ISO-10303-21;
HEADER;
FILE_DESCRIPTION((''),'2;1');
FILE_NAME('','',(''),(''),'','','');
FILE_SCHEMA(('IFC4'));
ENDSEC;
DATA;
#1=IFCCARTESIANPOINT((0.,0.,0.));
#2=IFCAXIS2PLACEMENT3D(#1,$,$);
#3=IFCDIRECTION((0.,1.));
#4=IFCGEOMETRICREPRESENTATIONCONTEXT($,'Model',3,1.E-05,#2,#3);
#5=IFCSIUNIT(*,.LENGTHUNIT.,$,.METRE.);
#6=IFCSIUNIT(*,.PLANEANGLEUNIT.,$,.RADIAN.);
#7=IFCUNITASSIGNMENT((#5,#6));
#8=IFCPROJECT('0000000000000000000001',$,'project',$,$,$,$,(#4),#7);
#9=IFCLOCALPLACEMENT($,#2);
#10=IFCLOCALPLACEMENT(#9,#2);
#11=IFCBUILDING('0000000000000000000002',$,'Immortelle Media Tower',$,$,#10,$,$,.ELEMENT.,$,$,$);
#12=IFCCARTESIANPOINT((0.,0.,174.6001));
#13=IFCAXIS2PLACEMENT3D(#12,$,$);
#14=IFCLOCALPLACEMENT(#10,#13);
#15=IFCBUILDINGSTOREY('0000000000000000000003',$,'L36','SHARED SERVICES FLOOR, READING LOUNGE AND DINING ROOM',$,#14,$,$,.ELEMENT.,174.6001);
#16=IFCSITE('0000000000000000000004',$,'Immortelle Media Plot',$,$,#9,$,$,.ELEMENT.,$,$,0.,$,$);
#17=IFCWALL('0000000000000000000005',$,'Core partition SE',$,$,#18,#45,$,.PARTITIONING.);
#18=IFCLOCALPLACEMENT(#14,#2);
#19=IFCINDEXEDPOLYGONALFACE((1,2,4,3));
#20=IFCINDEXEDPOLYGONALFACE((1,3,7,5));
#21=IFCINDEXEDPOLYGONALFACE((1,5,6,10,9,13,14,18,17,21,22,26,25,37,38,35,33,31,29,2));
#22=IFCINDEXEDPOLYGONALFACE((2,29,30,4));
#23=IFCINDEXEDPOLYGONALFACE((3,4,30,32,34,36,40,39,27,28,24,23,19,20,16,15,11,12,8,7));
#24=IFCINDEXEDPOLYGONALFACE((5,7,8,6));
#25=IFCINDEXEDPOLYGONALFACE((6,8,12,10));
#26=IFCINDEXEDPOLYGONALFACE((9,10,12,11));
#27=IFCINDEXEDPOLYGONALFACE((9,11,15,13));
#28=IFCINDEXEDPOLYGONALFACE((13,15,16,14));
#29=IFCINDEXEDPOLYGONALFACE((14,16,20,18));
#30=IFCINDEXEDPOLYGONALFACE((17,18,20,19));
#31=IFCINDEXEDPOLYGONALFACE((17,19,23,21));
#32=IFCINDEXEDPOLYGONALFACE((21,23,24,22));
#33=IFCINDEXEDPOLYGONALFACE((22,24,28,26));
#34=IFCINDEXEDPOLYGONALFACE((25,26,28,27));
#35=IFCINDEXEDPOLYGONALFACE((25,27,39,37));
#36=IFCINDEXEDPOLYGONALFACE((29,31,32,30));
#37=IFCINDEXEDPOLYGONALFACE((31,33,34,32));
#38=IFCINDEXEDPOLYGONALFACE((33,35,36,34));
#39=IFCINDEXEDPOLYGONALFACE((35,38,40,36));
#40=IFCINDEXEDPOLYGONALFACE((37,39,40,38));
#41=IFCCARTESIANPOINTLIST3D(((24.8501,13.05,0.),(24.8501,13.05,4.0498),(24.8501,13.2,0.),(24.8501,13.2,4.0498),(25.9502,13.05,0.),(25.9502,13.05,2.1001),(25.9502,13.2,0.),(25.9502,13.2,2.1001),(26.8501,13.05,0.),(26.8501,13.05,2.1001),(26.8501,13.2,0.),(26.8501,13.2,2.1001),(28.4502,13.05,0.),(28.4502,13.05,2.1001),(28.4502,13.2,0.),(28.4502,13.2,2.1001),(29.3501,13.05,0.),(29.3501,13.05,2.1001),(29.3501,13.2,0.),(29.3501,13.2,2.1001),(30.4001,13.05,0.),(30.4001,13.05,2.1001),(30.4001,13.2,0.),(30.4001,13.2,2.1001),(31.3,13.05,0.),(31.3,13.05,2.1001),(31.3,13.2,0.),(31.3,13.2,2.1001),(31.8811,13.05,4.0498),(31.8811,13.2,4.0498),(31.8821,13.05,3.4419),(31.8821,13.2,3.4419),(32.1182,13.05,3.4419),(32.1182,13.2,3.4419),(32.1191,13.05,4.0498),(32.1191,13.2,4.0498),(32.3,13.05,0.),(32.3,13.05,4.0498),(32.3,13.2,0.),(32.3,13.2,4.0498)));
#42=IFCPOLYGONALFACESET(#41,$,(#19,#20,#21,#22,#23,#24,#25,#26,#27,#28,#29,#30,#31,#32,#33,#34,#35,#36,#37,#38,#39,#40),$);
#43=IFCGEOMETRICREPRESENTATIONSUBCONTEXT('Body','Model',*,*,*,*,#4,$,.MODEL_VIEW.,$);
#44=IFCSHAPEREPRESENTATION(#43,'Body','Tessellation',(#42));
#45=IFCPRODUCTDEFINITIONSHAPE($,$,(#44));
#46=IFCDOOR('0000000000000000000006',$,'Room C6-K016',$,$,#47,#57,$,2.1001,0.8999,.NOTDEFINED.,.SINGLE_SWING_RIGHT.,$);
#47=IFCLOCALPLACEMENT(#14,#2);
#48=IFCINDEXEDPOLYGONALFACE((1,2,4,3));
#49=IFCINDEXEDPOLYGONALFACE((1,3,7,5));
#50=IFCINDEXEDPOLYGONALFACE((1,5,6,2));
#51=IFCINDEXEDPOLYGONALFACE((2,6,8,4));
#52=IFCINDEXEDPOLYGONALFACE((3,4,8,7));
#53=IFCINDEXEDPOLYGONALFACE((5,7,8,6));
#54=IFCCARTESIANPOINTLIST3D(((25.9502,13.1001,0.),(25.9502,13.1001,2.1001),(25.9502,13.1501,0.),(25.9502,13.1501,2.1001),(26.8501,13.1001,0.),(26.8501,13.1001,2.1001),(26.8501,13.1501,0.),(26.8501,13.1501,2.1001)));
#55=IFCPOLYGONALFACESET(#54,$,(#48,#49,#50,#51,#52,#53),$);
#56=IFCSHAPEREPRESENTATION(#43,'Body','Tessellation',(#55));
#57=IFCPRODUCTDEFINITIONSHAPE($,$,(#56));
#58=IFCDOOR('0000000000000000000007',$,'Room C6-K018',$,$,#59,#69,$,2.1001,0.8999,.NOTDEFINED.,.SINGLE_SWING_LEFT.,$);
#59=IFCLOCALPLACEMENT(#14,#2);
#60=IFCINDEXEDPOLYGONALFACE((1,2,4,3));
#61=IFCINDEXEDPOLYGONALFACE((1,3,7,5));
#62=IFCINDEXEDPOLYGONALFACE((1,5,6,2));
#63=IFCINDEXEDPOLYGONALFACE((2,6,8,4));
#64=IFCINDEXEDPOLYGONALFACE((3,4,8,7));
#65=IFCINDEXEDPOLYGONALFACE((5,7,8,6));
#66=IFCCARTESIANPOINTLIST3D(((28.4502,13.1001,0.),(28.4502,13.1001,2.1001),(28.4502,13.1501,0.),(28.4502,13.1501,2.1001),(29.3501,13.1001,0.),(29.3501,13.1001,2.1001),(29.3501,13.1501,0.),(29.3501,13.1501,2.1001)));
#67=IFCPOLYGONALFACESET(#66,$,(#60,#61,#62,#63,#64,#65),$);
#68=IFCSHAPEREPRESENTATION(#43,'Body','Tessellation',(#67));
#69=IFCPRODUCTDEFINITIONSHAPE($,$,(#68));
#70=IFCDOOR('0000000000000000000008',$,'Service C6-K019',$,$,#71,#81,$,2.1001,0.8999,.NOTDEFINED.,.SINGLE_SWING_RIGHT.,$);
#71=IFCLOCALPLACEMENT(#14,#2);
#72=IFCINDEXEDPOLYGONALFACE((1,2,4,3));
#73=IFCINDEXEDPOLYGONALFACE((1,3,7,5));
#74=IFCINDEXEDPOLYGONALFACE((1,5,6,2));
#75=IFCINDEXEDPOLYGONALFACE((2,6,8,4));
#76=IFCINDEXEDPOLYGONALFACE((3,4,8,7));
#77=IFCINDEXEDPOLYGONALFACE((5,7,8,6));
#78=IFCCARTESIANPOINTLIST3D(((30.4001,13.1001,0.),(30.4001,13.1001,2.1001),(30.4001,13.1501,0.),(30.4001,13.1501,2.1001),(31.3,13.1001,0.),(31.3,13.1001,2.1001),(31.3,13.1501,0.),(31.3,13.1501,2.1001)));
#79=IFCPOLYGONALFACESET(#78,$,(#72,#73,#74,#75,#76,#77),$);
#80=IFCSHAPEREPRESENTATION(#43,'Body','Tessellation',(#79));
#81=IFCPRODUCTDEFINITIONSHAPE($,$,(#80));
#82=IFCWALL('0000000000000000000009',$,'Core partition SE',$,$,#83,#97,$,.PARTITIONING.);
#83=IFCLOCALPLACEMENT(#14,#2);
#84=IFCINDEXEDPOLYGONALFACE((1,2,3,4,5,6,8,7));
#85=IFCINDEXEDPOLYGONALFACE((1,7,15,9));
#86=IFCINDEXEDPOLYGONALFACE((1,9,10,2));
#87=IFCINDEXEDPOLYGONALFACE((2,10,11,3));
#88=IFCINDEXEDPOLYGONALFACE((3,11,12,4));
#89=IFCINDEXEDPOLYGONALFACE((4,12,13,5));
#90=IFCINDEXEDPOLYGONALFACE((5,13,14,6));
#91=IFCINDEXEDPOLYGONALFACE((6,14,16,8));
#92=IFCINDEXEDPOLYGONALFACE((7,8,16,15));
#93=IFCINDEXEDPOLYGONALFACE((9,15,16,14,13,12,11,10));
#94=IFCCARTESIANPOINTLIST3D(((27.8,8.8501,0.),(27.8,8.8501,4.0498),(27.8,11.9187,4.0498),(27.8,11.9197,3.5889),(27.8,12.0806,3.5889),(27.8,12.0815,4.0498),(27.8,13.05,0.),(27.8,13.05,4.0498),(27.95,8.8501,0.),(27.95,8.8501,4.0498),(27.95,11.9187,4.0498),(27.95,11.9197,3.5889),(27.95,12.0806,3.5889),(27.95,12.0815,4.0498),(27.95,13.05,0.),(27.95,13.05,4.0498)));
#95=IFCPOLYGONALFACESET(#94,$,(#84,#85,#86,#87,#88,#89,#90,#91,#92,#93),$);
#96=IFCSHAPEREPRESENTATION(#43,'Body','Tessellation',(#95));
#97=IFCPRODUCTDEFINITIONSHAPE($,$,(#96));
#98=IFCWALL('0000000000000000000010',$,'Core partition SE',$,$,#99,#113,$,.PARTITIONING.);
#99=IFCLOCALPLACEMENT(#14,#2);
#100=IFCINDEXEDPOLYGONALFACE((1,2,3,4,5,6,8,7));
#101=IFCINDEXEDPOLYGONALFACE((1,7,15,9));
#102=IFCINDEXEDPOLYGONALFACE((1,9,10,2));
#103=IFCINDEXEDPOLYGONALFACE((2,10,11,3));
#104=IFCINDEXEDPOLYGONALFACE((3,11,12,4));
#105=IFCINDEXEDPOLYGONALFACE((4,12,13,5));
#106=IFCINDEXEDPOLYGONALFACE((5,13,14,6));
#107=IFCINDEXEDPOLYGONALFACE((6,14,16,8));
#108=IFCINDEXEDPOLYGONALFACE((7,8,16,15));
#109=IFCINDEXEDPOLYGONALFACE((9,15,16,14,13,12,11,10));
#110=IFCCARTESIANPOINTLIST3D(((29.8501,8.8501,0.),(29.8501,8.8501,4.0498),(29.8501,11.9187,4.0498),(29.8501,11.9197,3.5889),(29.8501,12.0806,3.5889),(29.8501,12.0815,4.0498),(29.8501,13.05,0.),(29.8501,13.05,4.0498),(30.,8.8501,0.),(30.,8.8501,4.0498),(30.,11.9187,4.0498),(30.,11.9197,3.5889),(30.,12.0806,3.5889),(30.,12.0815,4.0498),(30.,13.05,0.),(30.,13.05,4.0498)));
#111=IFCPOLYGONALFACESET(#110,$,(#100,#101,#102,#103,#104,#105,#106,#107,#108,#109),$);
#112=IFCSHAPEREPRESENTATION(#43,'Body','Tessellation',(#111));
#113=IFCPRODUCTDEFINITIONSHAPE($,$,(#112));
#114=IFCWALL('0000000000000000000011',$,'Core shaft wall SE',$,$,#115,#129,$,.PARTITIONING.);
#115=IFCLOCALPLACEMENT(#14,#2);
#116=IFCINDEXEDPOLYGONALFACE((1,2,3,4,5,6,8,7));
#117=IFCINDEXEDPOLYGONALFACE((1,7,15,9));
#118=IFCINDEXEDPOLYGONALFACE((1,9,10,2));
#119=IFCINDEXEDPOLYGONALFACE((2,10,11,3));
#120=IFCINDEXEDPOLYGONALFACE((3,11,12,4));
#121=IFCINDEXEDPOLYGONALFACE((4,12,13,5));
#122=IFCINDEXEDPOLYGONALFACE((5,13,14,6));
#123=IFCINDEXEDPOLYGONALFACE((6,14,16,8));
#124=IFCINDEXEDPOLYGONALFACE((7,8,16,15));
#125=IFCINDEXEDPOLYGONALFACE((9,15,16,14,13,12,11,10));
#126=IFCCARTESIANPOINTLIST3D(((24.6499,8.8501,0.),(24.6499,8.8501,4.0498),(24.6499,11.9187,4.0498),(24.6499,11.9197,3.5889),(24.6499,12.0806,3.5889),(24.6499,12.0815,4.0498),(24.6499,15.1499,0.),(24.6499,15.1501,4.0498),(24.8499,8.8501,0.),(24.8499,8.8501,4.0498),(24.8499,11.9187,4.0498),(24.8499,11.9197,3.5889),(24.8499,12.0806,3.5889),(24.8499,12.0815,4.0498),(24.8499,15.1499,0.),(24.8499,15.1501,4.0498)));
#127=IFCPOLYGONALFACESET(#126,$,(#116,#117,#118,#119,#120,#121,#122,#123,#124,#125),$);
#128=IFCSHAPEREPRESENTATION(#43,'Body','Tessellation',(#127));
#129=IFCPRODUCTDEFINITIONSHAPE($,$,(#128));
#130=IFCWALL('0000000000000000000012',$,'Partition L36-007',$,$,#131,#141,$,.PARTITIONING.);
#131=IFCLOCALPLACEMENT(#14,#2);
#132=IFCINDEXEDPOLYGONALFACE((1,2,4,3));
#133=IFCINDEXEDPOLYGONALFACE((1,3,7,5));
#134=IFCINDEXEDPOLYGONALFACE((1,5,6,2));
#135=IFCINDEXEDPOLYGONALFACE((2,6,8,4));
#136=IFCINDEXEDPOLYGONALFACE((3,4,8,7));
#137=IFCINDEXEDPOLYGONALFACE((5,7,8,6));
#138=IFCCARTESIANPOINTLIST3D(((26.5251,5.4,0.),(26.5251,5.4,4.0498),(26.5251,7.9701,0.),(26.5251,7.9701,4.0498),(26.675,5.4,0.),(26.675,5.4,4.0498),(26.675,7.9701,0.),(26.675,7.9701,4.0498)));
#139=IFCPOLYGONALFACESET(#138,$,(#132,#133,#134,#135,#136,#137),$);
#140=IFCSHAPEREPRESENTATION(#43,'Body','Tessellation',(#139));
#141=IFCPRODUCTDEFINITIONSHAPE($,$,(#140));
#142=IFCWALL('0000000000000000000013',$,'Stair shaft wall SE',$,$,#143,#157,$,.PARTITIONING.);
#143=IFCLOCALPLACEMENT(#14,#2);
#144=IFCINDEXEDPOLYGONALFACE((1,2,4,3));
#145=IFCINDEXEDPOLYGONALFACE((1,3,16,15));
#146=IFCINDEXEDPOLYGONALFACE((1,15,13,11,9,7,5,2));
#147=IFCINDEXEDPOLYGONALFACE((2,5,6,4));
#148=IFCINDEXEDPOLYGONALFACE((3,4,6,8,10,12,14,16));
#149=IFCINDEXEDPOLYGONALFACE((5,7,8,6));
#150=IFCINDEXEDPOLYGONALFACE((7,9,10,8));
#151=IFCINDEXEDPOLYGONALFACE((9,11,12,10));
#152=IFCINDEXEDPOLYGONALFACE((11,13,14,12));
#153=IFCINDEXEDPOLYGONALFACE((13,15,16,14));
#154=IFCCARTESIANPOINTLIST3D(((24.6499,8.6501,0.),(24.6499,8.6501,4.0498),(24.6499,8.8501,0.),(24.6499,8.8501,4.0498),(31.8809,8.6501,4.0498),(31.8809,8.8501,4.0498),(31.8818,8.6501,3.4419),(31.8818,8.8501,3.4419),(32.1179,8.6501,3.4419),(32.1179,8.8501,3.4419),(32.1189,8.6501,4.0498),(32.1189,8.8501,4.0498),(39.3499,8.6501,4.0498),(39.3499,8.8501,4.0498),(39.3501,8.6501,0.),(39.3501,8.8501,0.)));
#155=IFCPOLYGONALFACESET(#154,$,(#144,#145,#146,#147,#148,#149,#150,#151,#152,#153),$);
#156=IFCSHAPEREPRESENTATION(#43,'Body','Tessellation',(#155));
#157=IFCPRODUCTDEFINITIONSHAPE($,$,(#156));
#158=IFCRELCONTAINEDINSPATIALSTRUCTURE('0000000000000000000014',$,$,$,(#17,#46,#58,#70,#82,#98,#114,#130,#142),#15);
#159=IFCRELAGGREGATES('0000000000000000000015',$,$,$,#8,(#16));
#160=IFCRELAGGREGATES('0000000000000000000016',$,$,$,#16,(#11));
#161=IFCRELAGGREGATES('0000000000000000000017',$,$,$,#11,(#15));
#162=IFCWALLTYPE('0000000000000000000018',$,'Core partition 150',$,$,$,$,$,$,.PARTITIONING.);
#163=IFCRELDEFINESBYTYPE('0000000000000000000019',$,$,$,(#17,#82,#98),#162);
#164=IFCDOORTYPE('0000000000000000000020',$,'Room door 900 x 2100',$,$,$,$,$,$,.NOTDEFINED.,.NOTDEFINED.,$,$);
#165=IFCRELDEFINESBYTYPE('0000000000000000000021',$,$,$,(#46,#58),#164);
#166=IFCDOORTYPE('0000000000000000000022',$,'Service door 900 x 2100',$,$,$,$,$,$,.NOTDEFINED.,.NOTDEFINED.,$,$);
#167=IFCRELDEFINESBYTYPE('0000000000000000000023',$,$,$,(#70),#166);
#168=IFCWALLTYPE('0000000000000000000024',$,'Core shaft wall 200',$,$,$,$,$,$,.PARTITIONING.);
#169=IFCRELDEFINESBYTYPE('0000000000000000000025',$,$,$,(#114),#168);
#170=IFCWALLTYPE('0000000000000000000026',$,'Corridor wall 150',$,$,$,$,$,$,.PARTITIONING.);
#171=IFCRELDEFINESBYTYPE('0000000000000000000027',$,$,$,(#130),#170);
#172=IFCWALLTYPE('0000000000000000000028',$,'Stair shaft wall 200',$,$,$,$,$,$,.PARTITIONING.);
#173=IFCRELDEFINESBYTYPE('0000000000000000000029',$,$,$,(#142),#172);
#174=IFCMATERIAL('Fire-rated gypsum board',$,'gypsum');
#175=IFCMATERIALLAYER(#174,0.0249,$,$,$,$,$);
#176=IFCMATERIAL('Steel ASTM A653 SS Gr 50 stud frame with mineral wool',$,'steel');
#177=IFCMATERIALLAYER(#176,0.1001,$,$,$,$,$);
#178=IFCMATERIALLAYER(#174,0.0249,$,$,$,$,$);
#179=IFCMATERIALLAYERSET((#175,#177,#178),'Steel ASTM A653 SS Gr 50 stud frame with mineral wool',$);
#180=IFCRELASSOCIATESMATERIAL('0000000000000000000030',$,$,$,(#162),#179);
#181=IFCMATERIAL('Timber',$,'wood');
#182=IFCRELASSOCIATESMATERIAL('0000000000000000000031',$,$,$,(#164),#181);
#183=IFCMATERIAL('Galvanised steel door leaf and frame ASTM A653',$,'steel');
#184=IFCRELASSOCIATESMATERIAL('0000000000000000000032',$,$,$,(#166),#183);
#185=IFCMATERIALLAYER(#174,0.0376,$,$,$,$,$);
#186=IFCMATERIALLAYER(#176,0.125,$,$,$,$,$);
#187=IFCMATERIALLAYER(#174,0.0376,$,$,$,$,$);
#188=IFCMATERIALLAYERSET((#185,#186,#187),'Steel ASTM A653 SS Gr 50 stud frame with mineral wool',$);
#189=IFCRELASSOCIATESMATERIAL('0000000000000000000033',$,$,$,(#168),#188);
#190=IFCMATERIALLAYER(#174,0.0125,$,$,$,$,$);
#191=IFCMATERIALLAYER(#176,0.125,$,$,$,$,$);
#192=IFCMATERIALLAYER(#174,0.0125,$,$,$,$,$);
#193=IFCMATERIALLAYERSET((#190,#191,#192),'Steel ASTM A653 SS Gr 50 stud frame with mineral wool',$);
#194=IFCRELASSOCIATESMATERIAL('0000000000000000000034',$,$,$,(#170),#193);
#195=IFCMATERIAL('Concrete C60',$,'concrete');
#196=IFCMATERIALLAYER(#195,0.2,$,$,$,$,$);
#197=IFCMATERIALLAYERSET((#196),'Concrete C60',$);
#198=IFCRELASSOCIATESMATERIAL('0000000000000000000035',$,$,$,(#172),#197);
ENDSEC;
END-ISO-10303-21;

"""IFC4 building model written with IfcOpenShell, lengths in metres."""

from ifc_helpers import new_model, si_unit, direction, frame, frame_2d, origin, place, context, subcontext, project, spatial, polyline, rectangle, outline, extrude, material, layer, layer_set, type_object, element, fill, save


model = new_model("IFC4")

# Units and contexts
model_context = context("Model", 3, precision=1e-05, world=origin(), true_north=direction((0.0, 1.0)))
body_context = subcontext(model_context, "Body", "Model", "MODEL_VIEW")
ifc_project = project(units=[si_unit("LENGTHUNIT", "METRE"), si_unit("PLANEANGLEUNIT", "RADIAN")], contexts=[model_context])

# Site, building, storey
site_placement = place(None, origin())
site = spatial("IfcSite", under=ifc_project, at=site_placement, Name="Immortelle Media Plot", CompositionType="ELEMENT", RefElevation=0.0)
building_placement = place(site_placement, origin())
building = spatial("IfcBuilding", under=site, at=building_placement, Name="Immortelle Media Tower", CompositionType="ELEMENT")
storey_placement = place(building_placement, frame((0.0, 0.0, 174.6001)))
storey = spatial("IfcBuildingStorey", under=building, at=storey_placement, Name="L36", Description="SHARED SERVICES FLOOR, READING LOUNGE AND DINING ROOM", CompositionType="ELEMENT", Elevation=174.6001)

# Wall, openings, doors
ifc_material_1 = material(Name="Fire-rated gypsum board", Category="gypsum")
ifc_layer_1 = layer(ifc_material_1, 0.0249)
ifc_material_2 = material(Name="Steel ASTM A653 SS Gr 50 stud frame with mineral wool", Category="steel")
ifc_layer_2 = layer(ifc_material_2, 0.1001)
ifc_layer_3 = layer(ifc_material_1, 0.0249)
ifc_layer_set_1 = layer_set([ifc_layer_1, ifc_layer_2, ifc_layer_3], Name="Steel ASTM A653 SS Gr 50 stud frame with mineral wool")
wall_type_1 = type_object("IfcWallType", Name="Core partition 150", PredefinedType="PARTITIONING", material=ifc_layer_set_1)
wall_1_placement = place(storey_placement, frame((24.8501, 13.125, 0.0), z_axis=(0.0, 0.0, 1.0), x_axis=(1.0, 0.0, 0.0)))
wall_1 = element("IfcWall", 1, at=wall_1_placement, inside=storey, type_object=wall_type_1, Name="Core partition SE", PredefinedType="PARTITIONING", context=body_context, shape_type="SweptSolid", body=[
    extrude(outline(polyline([(0.0, 0.0), (7.45, 0.0), (7.45, 4.0498), (7.269, 4.0498), (7.2681, 3.4419), (7.032, 3.4419), (7.031, 4.0498), (0.0, 4.0498), (0.0, 0.0)])), frame((0.0, 0.075, 0.0), z_axis=(0.0, -1.0, 0.0), x_axis=(1.0, 0.0, 0.0)), (0.0, 0.0, 1.0), 0.1499),
])
opening_1_placement = place(wall_1_placement, frame((2.0, 0.0, 0.0), z_axis=(0.0, 0.0, 1.0), x_axis=(-1.0, 0.0, 0.0)))
opening_1 = element("IfcOpeningElement", 2, at=opening_1_placement, cuts=wall_1, PredefinedType="OPENING", context=body_context, shape_type="SweptSolid", body=[
    extrude(rectangle(XDim=0.8999, YDim=2.1001, at=frame_2d((0.45, 1.05))), frame((0.0, 0.085, 0.0), z_axis=(0.0, -1.0, 0.0), x_axis=(1.0, 0.0, 0.0)), (0.0, 0.0, 1.0), 0.1699),
])
opening_2_placement = place(wall_1_placement, frame((4.5, 0.0, 0.0), z_axis=(0.0, 0.0, 1.0), x_axis=(-1.0, 0.0, 0.0)))
opening_2 = element("IfcOpeningElement", 3, at=opening_2_placement, cuts=wall_1, PredefinedType="OPENING", context=body_context, shape_type="SweptSolid", body=[
    extrude(rectangle(XDim=0.8999, YDim=2.1001, at=frame_2d((0.45, 1.05))), frame((0.0, 0.085, 0.0), z_axis=(0.0, -1.0, 0.0), x_axis=(1.0, 0.0, 0.0)), (0.0, 0.0, 1.0), 0.1699),
])
opening_3_placement = place(wall_1_placement, frame((6.45, 0.0, 0.0), z_axis=(0.0, 0.0, 1.0), x_axis=(-1.0, 0.0, 0.0)))
opening_3 = element("IfcOpeningElement", 4, at=opening_3_placement, cuts=wall_1, PredefinedType="OPENING", context=body_context, shape_type="SweptSolid", body=[
    extrude(rectangle(XDim=0.8999, YDim=2.1001, at=frame_2d((0.45, 1.05))), frame((0.0, 0.085, 0.0), z_axis=(0.0, -1.0, 0.0), x_axis=(1.0, 0.0, 0.0)), (0.0, 0.0, 1.0), 0.1699),
])
ifc_material_3 = material(Name="Timber", Category="wood")
door_type_1 = type_object("IfcDoorType", Name="Room door 900 x 2100", OperationType="NOTDEFINED", PredefinedType="NOTDEFINED", material=ifc_material_3)
door_1_placement = place(opening_1_placement, origin())
door_1 = element("IfcDoor", 5, at=door_1_placement, inside=storey, type_object=door_type_1, Name="Room C6-K016", OperationType="SINGLE_SWING_RIGHT", OverallHeight=2.1001, OverallWidth=0.8999, PredefinedType="NOTDEFINED", context=body_context, shape_type="SweptSolid", body=[
    extrude(rectangle(XDim=0.8999, YDim=2.1001, at=frame_2d((0.45, 1.05))), frame((0.0, 0.0249, 0.0), z_axis=(0.0, -1.0, 0.0), x_axis=(1.0, 0.0, 0.0)), (0.0, 0.0, 1.0), 0.05),
])
fill(opening_1, door_1)
door_2_placement = place(opening_2_placement, origin())
door_2 = element("IfcDoor", 6, at=door_2_placement, inside=storey, type_object=door_type_1, Name="Room C6-K018", OperationType="SINGLE_SWING_LEFT", OverallHeight=2.1001, OverallWidth=0.8999, PredefinedType="NOTDEFINED", context=body_context, shape_type="SweptSolid", body=[
    extrude(rectangle(XDim=0.8999, YDim=2.1001, at=frame_2d((0.45, 1.05))), frame((0.0, 0.0249, 0.0), z_axis=(0.0, -1.0, 0.0), x_axis=(1.0, 0.0, 0.0)), (0.0, 0.0, 1.0), 0.05),
])
fill(opening_2, door_2)
ifc_material_4 = material(Name="Galvanised steel door leaf and frame ASTM A653", Category="steel")
door_type_2 = type_object("IfcDoorType", Name="Service door 900 x 2100", OperationType="NOTDEFINED", PredefinedType="NOTDEFINED", material=ifc_material_4)
door_3_placement = place(opening_3_placement, origin())
door_3 = element("IfcDoor", 7, at=door_3_placement, inside=storey, type_object=door_type_2, Name="Service C6-K019", OperationType="SINGLE_SWING_RIGHT", OverallHeight=2.1001, OverallWidth=0.8999, PredefinedType="NOTDEFINED", context=body_context, shape_type="SweptSolid", body=[
    extrude(rectangle(XDim=0.8999, YDim=2.1001, at=frame_2d((0.45, 1.05))), frame((0.0, 0.0249, 0.0), z_axis=(0.0, -1.0, 0.0), x_axis=(1.0, 0.0, 0.0)), (0.0, 0.0, 1.0), 0.05),
])
fill(opening_3, door_3)

# Walls
for number, where, z_axis, x_axis, name in (
    (8, (27.875, 8.8501, 0.0), (0.0, 0.0, 1.0), (0.0, 1.0, 0.0), "Core partition SE"),
    (9, (29.925, 8.8501, 0.0), (0.0, 0.0, 1.0), (0.0, 1.0, 0.0), "Core partition SE"),
):
    element("IfcWall", number, at=place(storey_placement, frame(where, z_axis=z_axis, x_axis=x_axis)), inside=storey, type_object=wall_type_1, Name=name, PredefinedType="PARTITIONING", context=body_context, shape_type="SweptSolid", body=[
        extrude(outline(polyline([(0.0, 0.0), (4.2, 0.0), (4.2, 4.0498), (3.2314, 4.0498), (3.2305, 3.5889), (3.0696, 3.5889), (3.0686, 4.0498), (0.0, 4.0498), (0.0, 0.0)])), frame((0.0, 0.075, 0.0), z_axis=(0.0, -1.0, 0.0), x_axis=(1.0, 0.0, 0.0)), (0.0, 0.0, 1.0), 0.1499),
    ])
ifc_layer_4 = layer(ifc_material_1, 0.0376)
ifc_layer_5 = layer(ifc_material_2, 0.125)
ifc_layer_6 = layer(ifc_material_1, 0.0376)
ifc_layer_set_2 = layer_set([ifc_layer_4, ifc_layer_5, ifc_layer_6], Name="Steel ASTM A653 SS Gr 50 stud frame with mineral wool")
wall_type_2 = type_object("IfcWallType", Name="Core shaft wall 200", PredefinedType="PARTITIONING", material=ifc_layer_set_2)
wall_2_placement = place(storey_placement, frame((24.75, 8.8501, 0.0), z_axis=(0.0, 0.0, 1.0), x_axis=(0.0, 1.0, 0.0)))
element("IfcWall", 10, at=wall_2_placement, inside=storey, type_object=wall_type_2, Name="Core shaft wall SE", PredefinedType="PARTITIONING", context=body_context, shape_type="SweptSolid", body=[
    extrude(outline(polyline([(0.0, 0.0), (6.2998, 0.0), (6.3, 4.0498), (3.2314, 4.0498), (3.2305, 3.5889), (3.0696, 3.5889), (3.0686, 4.0498), (0.0, 4.0498), (0.0, 0.0)])), frame((0.0, 0.1001, 0.0), z_axis=(0.0, -1.0, 0.0), x_axis=(1.0, 0.0, 0.0)), (0.0, 0.0, 1.0), 0.2),
])
ifc_layer_7 = layer(ifc_material_1, 0.0125)
ifc_layer_8 = layer(ifc_material_2, 0.125)
ifc_layer_9 = layer(ifc_material_1, 0.0125)
ifc_layer_set_3 = layer_set([ifc_layer_7, ifc_layer_8, ifc_layer_9], Name="Steel ASTM A653 SS Gr 50 stud frame with mineral wool")
wall_type_3 = type_object("IfcWallType", Name="Corridor wall 150", PredefinedType="PARTITIONING", material=ifc_layer_set_3)
wall_3_placement = place(storey_placement, frame((26.6001, 5.3999, 0.0), z_axis=(0.0, 0.0, 1.0), x_axis=(0.0, 1.0, 0.0)))
element("IfcWall", 11, at=wall_3_placement, inside=storey, type_object=wall_type_3, Name="Partition L36-007", PredefinedType="PARTITIONING", context=body_context, shape_type="SweptSolid", body=[
    extrude(rectangle(XDim=2.5701, YDim=0.1499, at=frame_2d((1.2852, 0.0))), origin(), (0.0, 0.0, 1.0), 4.0498),
])
ifc_material_5 = material(Name="Concrete C60", Category="concrete")
ifc_layer_10 = layer(ifc_material_5, 0.2)
ifc_layer_set_4 = layer_set([ifc_layer_10], Name="Concrete C60")
wall_type_4 = type_object("IfcWallType", Name="Stair shaft wall 200", PredefinedType="PARTITIONING", material=ifc_layer_set_4)
wall_4_placement = place(storey_placement, frame((24.6499, 8.75, 0.0), z_axis=(0.0, 0.0, 1.0), x_axis=(1.0, 0.0, 0.0)))
element("IfcWall", 12, at=wall_4_placement, inside=storey, type_object=wall_type_4, Name="Stair shaft wall SE", PredefinedType="PARTITIONING", context=body_context, shape_type="SweptSolid", body=[
    extrude(outline(polyline([(0.0, 0.0), (14.7002, 0.0), (14.7, 4.0498), (7.469, 4.0498), (7.468, 3.4419), (7.2319, 3.4419), (7.231, 4.0498), (0.0, 4.0498), (0.0, 0.0)])), frame((0.0, 0.1001, 0.0), z_axis=(0.0, -1.0, 0.0), x_axis=(1.0, 0.0, 0.0)), (0.0, 0.0, 1.0), 0.2),
])

save(model, "model.ifc")
